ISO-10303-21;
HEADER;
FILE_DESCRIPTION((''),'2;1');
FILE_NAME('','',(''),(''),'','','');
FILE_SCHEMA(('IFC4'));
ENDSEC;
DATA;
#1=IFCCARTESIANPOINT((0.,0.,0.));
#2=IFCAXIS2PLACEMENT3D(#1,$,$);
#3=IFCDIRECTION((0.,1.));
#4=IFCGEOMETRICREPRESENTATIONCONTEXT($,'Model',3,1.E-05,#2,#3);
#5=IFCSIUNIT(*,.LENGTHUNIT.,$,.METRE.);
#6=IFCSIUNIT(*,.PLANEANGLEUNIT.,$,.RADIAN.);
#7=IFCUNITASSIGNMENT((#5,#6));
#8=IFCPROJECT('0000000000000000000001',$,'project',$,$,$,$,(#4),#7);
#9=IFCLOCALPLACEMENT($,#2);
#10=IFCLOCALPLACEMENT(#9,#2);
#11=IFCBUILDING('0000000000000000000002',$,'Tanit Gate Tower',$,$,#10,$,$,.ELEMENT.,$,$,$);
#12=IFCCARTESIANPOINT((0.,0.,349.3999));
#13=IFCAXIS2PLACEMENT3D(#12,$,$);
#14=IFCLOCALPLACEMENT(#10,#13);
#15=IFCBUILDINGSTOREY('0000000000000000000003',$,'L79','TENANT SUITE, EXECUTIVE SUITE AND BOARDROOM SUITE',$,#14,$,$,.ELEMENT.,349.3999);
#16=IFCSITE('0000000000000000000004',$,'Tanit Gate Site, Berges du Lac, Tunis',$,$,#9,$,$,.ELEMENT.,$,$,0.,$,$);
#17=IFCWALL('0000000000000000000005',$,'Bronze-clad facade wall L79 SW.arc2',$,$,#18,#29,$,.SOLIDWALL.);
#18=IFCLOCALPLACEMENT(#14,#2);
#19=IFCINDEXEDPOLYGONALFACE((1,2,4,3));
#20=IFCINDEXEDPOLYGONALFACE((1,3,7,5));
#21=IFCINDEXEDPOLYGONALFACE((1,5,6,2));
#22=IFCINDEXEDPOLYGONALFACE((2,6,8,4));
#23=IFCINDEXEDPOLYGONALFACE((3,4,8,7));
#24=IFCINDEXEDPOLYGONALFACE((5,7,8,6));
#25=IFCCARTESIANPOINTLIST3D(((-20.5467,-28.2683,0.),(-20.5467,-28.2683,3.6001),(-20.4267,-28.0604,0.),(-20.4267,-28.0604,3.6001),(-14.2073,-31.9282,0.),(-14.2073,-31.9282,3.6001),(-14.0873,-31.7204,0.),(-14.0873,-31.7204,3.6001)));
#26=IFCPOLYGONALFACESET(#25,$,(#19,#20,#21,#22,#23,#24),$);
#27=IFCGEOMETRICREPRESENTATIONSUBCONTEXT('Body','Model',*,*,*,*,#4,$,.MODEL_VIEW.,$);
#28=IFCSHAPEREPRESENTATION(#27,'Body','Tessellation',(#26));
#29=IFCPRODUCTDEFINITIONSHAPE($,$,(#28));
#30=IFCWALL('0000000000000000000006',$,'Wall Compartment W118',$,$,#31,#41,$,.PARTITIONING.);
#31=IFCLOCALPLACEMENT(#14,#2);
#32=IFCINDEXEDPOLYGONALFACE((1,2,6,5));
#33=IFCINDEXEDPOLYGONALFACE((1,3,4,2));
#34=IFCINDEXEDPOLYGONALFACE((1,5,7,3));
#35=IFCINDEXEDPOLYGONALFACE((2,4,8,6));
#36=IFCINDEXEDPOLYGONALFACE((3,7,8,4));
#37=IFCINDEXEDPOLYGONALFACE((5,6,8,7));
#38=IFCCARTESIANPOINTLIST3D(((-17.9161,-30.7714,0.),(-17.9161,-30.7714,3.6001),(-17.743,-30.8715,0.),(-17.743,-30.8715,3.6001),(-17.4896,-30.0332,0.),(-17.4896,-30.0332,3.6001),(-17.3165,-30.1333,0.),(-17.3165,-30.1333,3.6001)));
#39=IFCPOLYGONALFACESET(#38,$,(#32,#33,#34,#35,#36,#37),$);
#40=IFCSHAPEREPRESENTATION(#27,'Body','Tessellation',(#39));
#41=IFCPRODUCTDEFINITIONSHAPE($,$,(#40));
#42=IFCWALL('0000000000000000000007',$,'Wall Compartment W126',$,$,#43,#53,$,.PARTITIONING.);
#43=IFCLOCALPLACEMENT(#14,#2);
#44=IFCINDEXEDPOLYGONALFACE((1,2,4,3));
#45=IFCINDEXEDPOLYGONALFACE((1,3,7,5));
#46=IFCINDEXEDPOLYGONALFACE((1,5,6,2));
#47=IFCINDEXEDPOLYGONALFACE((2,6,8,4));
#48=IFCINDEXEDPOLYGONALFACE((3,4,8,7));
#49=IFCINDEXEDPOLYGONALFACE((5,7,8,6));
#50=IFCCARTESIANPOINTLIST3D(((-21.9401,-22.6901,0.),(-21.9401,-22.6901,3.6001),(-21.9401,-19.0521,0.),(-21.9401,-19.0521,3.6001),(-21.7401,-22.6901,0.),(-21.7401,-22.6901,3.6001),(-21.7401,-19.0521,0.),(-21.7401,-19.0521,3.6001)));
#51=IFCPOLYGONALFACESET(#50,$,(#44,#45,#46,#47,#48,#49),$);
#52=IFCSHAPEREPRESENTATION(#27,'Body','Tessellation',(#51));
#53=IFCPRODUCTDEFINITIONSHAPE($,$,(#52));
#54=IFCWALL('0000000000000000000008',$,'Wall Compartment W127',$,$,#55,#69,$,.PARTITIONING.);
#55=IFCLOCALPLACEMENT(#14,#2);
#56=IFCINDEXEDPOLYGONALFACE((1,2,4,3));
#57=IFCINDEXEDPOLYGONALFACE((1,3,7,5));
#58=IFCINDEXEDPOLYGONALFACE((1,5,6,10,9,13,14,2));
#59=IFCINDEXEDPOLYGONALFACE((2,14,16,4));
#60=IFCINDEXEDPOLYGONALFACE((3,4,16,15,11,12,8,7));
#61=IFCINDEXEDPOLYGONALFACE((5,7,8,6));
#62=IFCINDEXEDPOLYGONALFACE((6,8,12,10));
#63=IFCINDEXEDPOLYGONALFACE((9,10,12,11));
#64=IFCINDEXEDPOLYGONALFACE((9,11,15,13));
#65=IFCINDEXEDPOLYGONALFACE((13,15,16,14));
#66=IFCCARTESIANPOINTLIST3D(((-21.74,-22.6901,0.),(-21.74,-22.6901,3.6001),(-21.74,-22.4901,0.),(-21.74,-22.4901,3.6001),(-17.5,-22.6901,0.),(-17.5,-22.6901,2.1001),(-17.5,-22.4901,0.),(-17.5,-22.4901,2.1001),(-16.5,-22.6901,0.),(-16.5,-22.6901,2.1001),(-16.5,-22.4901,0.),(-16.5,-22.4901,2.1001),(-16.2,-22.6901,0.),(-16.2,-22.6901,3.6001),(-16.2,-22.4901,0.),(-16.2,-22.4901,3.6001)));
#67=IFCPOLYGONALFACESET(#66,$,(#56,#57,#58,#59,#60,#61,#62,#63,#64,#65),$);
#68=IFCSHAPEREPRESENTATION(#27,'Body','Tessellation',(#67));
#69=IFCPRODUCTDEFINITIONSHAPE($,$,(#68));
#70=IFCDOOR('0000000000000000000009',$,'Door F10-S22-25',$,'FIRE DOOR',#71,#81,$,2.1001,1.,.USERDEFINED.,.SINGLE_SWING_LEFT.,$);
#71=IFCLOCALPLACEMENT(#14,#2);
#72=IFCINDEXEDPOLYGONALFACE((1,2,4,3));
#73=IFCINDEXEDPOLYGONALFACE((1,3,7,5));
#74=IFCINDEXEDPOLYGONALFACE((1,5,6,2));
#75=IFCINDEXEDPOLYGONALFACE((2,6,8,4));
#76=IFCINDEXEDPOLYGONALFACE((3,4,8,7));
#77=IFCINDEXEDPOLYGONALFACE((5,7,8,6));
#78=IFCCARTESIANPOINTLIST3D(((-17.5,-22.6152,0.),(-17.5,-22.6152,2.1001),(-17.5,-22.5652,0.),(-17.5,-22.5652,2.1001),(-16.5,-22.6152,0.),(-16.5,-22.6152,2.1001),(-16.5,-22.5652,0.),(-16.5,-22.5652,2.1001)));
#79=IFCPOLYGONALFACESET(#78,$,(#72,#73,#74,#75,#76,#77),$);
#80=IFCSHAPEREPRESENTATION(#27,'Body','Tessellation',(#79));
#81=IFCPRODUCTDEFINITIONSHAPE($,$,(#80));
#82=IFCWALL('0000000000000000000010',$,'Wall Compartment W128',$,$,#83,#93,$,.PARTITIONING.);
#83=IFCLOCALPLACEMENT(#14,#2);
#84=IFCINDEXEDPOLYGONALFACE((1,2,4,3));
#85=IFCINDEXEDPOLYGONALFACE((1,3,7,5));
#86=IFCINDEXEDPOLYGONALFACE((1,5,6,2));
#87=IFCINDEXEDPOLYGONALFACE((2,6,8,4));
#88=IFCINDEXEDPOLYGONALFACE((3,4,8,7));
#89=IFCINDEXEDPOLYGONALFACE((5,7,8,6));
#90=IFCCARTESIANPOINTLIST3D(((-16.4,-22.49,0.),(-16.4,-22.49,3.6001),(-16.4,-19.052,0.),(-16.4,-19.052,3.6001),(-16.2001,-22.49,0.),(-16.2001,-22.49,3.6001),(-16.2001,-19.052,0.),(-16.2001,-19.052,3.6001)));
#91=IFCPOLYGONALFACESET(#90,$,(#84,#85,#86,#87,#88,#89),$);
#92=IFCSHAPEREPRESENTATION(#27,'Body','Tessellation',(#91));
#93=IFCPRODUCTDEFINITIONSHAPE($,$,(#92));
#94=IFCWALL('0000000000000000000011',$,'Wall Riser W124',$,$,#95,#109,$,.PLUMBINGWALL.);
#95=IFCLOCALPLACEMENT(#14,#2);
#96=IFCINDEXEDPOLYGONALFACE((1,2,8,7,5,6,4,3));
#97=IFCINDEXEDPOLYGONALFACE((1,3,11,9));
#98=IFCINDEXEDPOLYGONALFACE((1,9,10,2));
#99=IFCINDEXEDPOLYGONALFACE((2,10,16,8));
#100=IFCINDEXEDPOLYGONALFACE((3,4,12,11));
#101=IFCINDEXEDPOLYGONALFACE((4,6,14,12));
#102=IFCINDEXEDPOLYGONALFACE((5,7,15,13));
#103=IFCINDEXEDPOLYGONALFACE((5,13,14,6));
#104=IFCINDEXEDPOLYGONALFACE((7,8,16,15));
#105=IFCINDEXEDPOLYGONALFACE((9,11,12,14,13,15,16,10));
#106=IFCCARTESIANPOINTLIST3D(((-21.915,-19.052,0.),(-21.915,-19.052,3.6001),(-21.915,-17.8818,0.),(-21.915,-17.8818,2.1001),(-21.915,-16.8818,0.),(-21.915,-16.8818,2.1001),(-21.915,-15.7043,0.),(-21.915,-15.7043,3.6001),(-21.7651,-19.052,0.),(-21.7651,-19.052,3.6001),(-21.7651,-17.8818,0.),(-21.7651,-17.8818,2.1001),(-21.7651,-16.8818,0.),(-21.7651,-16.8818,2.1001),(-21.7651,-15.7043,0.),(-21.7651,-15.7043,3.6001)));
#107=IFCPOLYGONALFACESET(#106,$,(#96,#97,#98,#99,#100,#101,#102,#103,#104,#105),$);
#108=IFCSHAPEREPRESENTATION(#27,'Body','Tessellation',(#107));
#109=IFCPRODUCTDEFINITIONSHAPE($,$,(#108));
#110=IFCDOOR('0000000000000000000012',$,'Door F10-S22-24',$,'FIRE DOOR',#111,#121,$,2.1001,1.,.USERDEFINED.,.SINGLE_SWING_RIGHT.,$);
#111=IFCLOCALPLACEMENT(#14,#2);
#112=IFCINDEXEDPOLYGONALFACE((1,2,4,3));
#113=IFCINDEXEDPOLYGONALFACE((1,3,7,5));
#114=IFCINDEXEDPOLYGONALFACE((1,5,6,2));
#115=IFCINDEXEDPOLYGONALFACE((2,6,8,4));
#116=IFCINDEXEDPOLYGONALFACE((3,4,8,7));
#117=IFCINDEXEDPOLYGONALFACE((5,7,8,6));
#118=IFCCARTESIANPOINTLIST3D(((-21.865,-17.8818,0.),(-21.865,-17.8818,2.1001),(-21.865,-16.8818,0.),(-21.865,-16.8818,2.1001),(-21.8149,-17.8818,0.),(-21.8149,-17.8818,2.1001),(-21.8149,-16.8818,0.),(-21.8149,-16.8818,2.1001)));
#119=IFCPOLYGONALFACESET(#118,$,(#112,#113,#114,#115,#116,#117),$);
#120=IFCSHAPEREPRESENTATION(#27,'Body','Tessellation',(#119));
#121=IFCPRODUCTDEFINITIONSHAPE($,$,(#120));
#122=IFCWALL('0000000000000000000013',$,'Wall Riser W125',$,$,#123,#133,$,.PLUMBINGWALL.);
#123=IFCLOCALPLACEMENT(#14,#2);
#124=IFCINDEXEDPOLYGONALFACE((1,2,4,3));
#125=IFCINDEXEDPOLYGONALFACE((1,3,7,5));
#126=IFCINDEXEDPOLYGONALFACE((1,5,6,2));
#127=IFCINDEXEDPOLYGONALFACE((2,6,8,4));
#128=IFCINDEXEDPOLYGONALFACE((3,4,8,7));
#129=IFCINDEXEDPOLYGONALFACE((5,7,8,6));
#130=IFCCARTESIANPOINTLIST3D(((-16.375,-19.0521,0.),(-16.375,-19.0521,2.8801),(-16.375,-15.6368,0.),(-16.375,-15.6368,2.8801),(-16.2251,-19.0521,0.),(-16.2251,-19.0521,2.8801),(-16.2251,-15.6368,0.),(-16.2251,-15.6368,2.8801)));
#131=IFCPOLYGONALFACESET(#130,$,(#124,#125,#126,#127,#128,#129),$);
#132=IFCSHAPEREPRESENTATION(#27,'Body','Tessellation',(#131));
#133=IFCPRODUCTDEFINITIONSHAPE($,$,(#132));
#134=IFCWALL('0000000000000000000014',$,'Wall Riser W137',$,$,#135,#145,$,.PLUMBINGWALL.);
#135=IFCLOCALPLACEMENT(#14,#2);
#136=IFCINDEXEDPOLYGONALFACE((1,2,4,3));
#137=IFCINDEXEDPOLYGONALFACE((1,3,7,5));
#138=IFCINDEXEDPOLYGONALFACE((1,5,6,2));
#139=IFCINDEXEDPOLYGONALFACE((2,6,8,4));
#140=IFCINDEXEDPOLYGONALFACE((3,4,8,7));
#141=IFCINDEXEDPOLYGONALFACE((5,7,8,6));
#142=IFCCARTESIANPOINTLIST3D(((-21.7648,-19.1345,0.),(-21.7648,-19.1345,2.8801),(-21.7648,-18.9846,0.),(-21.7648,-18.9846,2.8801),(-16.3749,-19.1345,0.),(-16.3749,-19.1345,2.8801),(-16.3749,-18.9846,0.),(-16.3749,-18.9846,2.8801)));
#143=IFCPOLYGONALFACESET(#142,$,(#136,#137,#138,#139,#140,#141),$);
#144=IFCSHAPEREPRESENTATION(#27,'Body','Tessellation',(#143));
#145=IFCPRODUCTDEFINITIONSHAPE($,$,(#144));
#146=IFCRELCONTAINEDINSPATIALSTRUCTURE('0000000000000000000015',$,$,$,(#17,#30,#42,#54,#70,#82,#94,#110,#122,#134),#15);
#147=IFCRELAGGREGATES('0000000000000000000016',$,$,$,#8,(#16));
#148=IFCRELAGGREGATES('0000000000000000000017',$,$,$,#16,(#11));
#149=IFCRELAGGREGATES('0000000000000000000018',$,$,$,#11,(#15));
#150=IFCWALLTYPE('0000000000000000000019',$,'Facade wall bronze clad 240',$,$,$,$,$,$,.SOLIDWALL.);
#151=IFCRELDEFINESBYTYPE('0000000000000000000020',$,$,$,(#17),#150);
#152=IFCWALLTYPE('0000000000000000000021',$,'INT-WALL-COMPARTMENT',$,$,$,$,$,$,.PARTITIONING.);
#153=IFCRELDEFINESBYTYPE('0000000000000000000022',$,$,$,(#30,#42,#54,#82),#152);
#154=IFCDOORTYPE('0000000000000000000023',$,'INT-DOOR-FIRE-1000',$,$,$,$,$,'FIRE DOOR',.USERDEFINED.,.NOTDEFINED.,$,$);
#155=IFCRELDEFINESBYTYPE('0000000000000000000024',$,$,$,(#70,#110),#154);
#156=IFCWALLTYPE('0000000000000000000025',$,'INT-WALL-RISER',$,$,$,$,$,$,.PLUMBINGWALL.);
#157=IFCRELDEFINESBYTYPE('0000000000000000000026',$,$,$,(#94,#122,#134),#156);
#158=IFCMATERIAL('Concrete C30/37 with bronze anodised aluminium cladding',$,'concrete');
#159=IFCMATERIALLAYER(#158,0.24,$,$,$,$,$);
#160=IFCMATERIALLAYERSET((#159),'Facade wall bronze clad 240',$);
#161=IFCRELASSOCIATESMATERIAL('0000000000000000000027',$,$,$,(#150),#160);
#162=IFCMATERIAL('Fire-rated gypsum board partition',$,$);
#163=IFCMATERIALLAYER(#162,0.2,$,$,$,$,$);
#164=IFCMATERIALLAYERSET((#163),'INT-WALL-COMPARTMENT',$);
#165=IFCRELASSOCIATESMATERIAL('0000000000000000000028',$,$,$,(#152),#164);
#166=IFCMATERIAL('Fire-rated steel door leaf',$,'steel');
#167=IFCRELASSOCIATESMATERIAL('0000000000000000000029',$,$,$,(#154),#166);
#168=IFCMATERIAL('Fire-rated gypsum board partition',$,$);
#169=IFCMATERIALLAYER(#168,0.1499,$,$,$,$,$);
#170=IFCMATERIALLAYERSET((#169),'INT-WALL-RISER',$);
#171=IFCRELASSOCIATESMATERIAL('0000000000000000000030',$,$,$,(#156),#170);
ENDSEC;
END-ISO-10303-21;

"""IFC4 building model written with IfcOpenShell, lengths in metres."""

from ifc_helpers import new_model, si_unit, direction, frame, frame_2d, origin, place, context, subcontext, project, spatial, rectangle, extrude, material, layer, layer_set, type_object, element, fill, save


model = new_model("IFC4")

# Units and contexts
model_context = context("Model", 3, precision=1e-05, world=origin(), true_north=direction((0.0, 1.0)))
body_context = subcontext(model_context, "Body", "Model", "MODEL_VIEW")
ifc_project = project(units=[si_unit("LENGTHUNIT", "METRE"), si_unit("PLANEANGLEUNIT", "RADIAN")], contexts=[model_context])

# Site, building, storey
site_placement = place(None, origin())
site = spatial("IfcSite", under=ifc_project, at=site_placement, Name="Tanit Gate Site, Berges du Lac, Tunis", CompositionType="ELEMENT", RefElevation=0.0)
building_placement = place(site_placement, origin())
building = spatial("IfcBuilding", under=site, at=building_placement, Name="Tanit Gate Tower", CompositionType="ELEMENT")
storey_placement = place(building_placement, frame((0.0, 0.0, 349.3999)))
storey = spatial("IfcBuildingStorey", under=building, at=storey_placement, Name="L79", Description="TENANT SUITE, EXECUTIVE SUITE AND BOARDROOM SUITE", CompositionType="ELEMENT", Elevation=349.3999)

# Walls
ifc_material_1 = material(Name="Concrete C30/37 with bronze anodised aluminium cladding", Category="concrete")
ifc_layer_1 = layer(ifc_material_1, 0.24)
ifc_layer_set_1 = layer_set([ifc_layer_1], Name="Facade wall bronze clad 240")
wall_type_1 = type_object("IfcWallType", Name="Facade wall bronze clad 240", PredefinedType="SOLIDWALL", material=ifc_layer_set_1)
wall_1_placement = place(storey_placement, frame((-20.4868, -28.1643, 0.0), z_axis=(0.0, 0.0, 1.0), x_axis=(0.866032, -0.499988, 0.0)))
element("IfcWall", 1, at=wall_1_placement, inside=storey, type_object=wall_type_1, Name="Bronze-clad facade wall L79 SW.arc2", PredefinedType="SOLIDWALL", context=body_context, shape_type="SweptSolid", body=[
    extrude(rectangle(XDim=7.3201, YDim=0.24, at=frame_2d((3.6602, 0.0))), origin(), (0.0, 0.0, 1.0), 3.6001),
])
ifc_material_2 = material(Name="Fire-rated gypsum board partition")
ifc_layer_2 = layer(ifc_material_2, 0.2)
ifc_layer_set_2 = layer_set([ifc_layer_2], Name="INT-WALL-COMPARTMENT")
wall_type_2 = type_object("IfcWallType", Name="INT-WALL-COMPARTMENT", PredefinedType="PARTITIONING", material=ifc_layer_set_2)
wall_2_placement = place(storey_placement, frame((-17.4031, -30.0833, 0.0), z_axis=(0.0, 0.0, 1.0), x_axis=(-0.500235, -0.86589, 0.0)))
element("IfcWall", 2, at=wall_2_placement, inside=storey, type_object=wall_type_2, Name="Wall Compartment W118", PredefinedType="PARTITIONING", context=body_context, shape_type="SweptSolid", body=[
    extrude(rectangle(XDim=0.8525, YDim=0.2, at=frame_2d((0.4263, 0.0))), origin(), (0.0, 0.0, 1.0), 3.6001),
])
wall_3_placement = place(storey_placement, frame((-21.8401, -22.6899, 0.0), z_axis=(0.0, 0.0, 1.0), x_axis=(0.0, 1.0, 0.0)))
element("IfcWall", 3, at=wall_3_placement, inside=storey, type_object=wall_type_2, Name="Wall Compartment W126", PredefinedType="PARTITIONING", context=body_context, shape_type="SweptSolid", body=[
    extrude(rectangle(XDim=3.6379, YDim=0.2, at=frame_2d((1.8188, 0.0))), origin(), (0.0, 0.0, 1.0), 3.6001),
])

# Wall, opening, door
wall_4_placement = place(storey_placement, frame((-21.74, -22.5901, 0.0), z_axis=(0.0, 0.0, 1.0), x_axis=(1.0, 0.0, 0.0)))
wall_4 = element("IfcWall", 4, at=wall_4_placement, inside=storey, type_object=wall_type_2, Name="Wall Compartment W127", PredefinedType="PARTITIONING", context=body_context, shape_type="SweptSolid", body=[
    extrude(rectangle(XDim=5.54, YDim=0.2, at=frame_2d((2.77, 0.0))), origin(), (0.0, 0.0, 1.0), 3.6001),
])
opening_1_placement = place(wall_4_placement, frame((4.24, 0.0, 0.0)))
opening_1 = element("IfcOpeningElement", 5, at=opening_1_placement, cuts=wall_4, PredefinedType="OPENING", context=body_context, shape_type="SweptSolid", body=[
    extrude(rectangle(XDim=1.0, YDim=2.1001, at=frame_2d((0.5, 1.05))), frame((0.0, 0.1099, 0.0), z_axis=(0.0, -1.0, 0.0), x_axis=(1.0, 0.0, 0.0)), (0.0, 0.0, 1.0), 0.22),
])
ifc_material_3 = material(Name="Fire-rated steel door leaf", Category="steel")
door_type = type_object("IfcDoorType", Name="INT-DOOR-FIRE-1000", ElementType="FIRE DOOR", OperationType="NOTDEFINED", PredefinedType="USERDEFINED", material=ifc_material_3)
door_1_placement = place(opening_1_placement, origin())
door_1 = element("IfcDoor", 6, at=door_1_placement, inside=storey, type_object=door_type, Name="Door F10-S22-25", ObjectType="FIRE DOOR", OperationType="SINGLE_SWING_LEFT", OverallHeight=2.1001, OverallWidth=1.0, PredefinedType="USERDEFINED", context=body_context, shape_type="SweptSolid", body=[
    extrude(rectangle(XDim=1.0, YDim=2.1001, at=frame_2d((0.5, 1.05))), frame((0.0, 0.0249, 0.0), z_axis=(0.0, -1.0, 0.0), x_axis=(1.0, 0.0, 0.0)), (0.0, 0.0, 1.0), 0.05),
])
fill(opening_1, door_1)

# Wall
wall_5_placement = place(storey_placement, frame((-16.3, -22.49, 0.0), z_axis=(0.0, 0.0, 1.0), x_axis=(0.0, 1.0, 0.0)))
element("IfcWall", 7, at=wall_5_placement, inside=storey, type_object=wall_type_2, Name="Wall Compartment W128", PredefinedType="PARTITIONING", context=body_context, shape_type="SweptSolid", body=[
    extrude(rectangle(XDim=3.438, YDim=0.2, at=frame_2d((1.719, 0.0))), origin(), (0.0, 0.0, 1.0), 3.6001),
])

# Wall, opening, door
ifc_material_4 = material(Name="Fire-rated gypsum board partition")
ifc_layer_3 = layer(ifc_material_4, 0.1499)
ifc_layer_set_3 = layer_set([ifc_layer_3], Name="INT-WALL-RISER")
wall_type_3 = type_object("IfcWallType", Name="INT-WALL-RISER", PredefinedType="PLUMBINGWALL", material=ifc_layer_set_3)
wall_6_placement = place(storey_placement, frame((-21.8401, -19.052, 0.0), z_axis=(0.0, 0.0, 1.0), x_axis=(0.0, 1.0, 0.0)))
wall_6 = element("IfcWall", 8, at=wall_6_placement, inside=storey, type_object=wall_type_3, Name="Wall Riser W124", PredefinedType="PLUMBINGWALL", context=body_context, shape_type="SweptSolid", body=[
    extrude(rectangle(XDim=3.3477, YDim=0.1499, at=frame_2d((1.6738, 0.0))), origin(), (0.0, 0.0, 1.0), 3.6001),
])
opening_2_placement = place(wall_6_placement, frame((1.1702, 0.0, 0.0)))
opening_2 = element("IfcOpeningElement", 9, at=opening_2_placement, cuts=wall_6, PredefinedType="OPENING", context=body_context, shape_type="SweptSolid", body=[
    extrude(rectangle(XDim=1.0, YDim=2.1001, at=frame_2d((0.5, 1.05))), frame((0.0, 0.085, 0.0), z_axis=(0.0, -1.0, 0.0), x_axis=(1.0, 0.0, 0.0)), (0.0, 0.0, 1.0), 0.1699),
])
door_2_placement = place(opening_2_placement, origin())
door_2 = element("IfcDoor", 10, at=door_2_placement, inside=storey, type_object=door_type, Name="Door F10-S22-24", ObjectType="FIRE DOOR", OperationType="SINGLE_SWING_RIGHT", OverallHeight=2.1001, OverallWidth=1.0, PredefinedType="USERDEFINED", context=body_context, shape_type="SweptSolid", body=[
    extrude(rectangle(XDim=1.0, YDim=2.1001, at=frame_2d((0.5, 1.05))), frame((0.0, 0.0249, 0.0), z_axis=(0.0, -1.0, 0.0), x_axis=(1.0, 0.0, 0.0)), (0.0, 0.0, 1.0), 0.05),
])
fill(opening_2, door_2)

# Walls
wall_7_placement = place(storey_placement, frame((-16.3, -19.052, 0.0), z_axis=(0.0, 0.0, 1.0), x_axis=(0.0, 1.0, 0.0)))
element("IfcWall", 11, at=wall_7_placement, inside=storey, type_object=wall_type_3, Name="Wall Riser W125", PredefinedType="PLUMBINGWALL", context=body_context, shape_type="SweptSolid", body=[
    extrude(rectangle(XDim=3.4153, YDim=0.1499, at=frame_2d((1.7075, 0.0))), origin(), (0.0, 0.0, 1.0), 2.8801),
])
wall_8_placement = place(storey_placement, frame((-16.375, -19.0596, 0.0), z_axis=(0.0, 0.0, 1.0), x_axis=(-1.0, 0.0, 0.0)))
element("IfcWall", 12, at=wall_8_placement, inside=storey, type_object=wall_type_3, Name="Wall Riser W137", PredefinedType="PLUMBINGWALL", context=body_context, shape_type="SweptSolid", body=[
    extrude(rectangle(XDim=5.3899, YDim=0.1499, at=frame_2d((2.6948, 0.0))), origin(), (0.0, 0.0, 1.0), 2.8801),
])

save(model, "model.ifc")
